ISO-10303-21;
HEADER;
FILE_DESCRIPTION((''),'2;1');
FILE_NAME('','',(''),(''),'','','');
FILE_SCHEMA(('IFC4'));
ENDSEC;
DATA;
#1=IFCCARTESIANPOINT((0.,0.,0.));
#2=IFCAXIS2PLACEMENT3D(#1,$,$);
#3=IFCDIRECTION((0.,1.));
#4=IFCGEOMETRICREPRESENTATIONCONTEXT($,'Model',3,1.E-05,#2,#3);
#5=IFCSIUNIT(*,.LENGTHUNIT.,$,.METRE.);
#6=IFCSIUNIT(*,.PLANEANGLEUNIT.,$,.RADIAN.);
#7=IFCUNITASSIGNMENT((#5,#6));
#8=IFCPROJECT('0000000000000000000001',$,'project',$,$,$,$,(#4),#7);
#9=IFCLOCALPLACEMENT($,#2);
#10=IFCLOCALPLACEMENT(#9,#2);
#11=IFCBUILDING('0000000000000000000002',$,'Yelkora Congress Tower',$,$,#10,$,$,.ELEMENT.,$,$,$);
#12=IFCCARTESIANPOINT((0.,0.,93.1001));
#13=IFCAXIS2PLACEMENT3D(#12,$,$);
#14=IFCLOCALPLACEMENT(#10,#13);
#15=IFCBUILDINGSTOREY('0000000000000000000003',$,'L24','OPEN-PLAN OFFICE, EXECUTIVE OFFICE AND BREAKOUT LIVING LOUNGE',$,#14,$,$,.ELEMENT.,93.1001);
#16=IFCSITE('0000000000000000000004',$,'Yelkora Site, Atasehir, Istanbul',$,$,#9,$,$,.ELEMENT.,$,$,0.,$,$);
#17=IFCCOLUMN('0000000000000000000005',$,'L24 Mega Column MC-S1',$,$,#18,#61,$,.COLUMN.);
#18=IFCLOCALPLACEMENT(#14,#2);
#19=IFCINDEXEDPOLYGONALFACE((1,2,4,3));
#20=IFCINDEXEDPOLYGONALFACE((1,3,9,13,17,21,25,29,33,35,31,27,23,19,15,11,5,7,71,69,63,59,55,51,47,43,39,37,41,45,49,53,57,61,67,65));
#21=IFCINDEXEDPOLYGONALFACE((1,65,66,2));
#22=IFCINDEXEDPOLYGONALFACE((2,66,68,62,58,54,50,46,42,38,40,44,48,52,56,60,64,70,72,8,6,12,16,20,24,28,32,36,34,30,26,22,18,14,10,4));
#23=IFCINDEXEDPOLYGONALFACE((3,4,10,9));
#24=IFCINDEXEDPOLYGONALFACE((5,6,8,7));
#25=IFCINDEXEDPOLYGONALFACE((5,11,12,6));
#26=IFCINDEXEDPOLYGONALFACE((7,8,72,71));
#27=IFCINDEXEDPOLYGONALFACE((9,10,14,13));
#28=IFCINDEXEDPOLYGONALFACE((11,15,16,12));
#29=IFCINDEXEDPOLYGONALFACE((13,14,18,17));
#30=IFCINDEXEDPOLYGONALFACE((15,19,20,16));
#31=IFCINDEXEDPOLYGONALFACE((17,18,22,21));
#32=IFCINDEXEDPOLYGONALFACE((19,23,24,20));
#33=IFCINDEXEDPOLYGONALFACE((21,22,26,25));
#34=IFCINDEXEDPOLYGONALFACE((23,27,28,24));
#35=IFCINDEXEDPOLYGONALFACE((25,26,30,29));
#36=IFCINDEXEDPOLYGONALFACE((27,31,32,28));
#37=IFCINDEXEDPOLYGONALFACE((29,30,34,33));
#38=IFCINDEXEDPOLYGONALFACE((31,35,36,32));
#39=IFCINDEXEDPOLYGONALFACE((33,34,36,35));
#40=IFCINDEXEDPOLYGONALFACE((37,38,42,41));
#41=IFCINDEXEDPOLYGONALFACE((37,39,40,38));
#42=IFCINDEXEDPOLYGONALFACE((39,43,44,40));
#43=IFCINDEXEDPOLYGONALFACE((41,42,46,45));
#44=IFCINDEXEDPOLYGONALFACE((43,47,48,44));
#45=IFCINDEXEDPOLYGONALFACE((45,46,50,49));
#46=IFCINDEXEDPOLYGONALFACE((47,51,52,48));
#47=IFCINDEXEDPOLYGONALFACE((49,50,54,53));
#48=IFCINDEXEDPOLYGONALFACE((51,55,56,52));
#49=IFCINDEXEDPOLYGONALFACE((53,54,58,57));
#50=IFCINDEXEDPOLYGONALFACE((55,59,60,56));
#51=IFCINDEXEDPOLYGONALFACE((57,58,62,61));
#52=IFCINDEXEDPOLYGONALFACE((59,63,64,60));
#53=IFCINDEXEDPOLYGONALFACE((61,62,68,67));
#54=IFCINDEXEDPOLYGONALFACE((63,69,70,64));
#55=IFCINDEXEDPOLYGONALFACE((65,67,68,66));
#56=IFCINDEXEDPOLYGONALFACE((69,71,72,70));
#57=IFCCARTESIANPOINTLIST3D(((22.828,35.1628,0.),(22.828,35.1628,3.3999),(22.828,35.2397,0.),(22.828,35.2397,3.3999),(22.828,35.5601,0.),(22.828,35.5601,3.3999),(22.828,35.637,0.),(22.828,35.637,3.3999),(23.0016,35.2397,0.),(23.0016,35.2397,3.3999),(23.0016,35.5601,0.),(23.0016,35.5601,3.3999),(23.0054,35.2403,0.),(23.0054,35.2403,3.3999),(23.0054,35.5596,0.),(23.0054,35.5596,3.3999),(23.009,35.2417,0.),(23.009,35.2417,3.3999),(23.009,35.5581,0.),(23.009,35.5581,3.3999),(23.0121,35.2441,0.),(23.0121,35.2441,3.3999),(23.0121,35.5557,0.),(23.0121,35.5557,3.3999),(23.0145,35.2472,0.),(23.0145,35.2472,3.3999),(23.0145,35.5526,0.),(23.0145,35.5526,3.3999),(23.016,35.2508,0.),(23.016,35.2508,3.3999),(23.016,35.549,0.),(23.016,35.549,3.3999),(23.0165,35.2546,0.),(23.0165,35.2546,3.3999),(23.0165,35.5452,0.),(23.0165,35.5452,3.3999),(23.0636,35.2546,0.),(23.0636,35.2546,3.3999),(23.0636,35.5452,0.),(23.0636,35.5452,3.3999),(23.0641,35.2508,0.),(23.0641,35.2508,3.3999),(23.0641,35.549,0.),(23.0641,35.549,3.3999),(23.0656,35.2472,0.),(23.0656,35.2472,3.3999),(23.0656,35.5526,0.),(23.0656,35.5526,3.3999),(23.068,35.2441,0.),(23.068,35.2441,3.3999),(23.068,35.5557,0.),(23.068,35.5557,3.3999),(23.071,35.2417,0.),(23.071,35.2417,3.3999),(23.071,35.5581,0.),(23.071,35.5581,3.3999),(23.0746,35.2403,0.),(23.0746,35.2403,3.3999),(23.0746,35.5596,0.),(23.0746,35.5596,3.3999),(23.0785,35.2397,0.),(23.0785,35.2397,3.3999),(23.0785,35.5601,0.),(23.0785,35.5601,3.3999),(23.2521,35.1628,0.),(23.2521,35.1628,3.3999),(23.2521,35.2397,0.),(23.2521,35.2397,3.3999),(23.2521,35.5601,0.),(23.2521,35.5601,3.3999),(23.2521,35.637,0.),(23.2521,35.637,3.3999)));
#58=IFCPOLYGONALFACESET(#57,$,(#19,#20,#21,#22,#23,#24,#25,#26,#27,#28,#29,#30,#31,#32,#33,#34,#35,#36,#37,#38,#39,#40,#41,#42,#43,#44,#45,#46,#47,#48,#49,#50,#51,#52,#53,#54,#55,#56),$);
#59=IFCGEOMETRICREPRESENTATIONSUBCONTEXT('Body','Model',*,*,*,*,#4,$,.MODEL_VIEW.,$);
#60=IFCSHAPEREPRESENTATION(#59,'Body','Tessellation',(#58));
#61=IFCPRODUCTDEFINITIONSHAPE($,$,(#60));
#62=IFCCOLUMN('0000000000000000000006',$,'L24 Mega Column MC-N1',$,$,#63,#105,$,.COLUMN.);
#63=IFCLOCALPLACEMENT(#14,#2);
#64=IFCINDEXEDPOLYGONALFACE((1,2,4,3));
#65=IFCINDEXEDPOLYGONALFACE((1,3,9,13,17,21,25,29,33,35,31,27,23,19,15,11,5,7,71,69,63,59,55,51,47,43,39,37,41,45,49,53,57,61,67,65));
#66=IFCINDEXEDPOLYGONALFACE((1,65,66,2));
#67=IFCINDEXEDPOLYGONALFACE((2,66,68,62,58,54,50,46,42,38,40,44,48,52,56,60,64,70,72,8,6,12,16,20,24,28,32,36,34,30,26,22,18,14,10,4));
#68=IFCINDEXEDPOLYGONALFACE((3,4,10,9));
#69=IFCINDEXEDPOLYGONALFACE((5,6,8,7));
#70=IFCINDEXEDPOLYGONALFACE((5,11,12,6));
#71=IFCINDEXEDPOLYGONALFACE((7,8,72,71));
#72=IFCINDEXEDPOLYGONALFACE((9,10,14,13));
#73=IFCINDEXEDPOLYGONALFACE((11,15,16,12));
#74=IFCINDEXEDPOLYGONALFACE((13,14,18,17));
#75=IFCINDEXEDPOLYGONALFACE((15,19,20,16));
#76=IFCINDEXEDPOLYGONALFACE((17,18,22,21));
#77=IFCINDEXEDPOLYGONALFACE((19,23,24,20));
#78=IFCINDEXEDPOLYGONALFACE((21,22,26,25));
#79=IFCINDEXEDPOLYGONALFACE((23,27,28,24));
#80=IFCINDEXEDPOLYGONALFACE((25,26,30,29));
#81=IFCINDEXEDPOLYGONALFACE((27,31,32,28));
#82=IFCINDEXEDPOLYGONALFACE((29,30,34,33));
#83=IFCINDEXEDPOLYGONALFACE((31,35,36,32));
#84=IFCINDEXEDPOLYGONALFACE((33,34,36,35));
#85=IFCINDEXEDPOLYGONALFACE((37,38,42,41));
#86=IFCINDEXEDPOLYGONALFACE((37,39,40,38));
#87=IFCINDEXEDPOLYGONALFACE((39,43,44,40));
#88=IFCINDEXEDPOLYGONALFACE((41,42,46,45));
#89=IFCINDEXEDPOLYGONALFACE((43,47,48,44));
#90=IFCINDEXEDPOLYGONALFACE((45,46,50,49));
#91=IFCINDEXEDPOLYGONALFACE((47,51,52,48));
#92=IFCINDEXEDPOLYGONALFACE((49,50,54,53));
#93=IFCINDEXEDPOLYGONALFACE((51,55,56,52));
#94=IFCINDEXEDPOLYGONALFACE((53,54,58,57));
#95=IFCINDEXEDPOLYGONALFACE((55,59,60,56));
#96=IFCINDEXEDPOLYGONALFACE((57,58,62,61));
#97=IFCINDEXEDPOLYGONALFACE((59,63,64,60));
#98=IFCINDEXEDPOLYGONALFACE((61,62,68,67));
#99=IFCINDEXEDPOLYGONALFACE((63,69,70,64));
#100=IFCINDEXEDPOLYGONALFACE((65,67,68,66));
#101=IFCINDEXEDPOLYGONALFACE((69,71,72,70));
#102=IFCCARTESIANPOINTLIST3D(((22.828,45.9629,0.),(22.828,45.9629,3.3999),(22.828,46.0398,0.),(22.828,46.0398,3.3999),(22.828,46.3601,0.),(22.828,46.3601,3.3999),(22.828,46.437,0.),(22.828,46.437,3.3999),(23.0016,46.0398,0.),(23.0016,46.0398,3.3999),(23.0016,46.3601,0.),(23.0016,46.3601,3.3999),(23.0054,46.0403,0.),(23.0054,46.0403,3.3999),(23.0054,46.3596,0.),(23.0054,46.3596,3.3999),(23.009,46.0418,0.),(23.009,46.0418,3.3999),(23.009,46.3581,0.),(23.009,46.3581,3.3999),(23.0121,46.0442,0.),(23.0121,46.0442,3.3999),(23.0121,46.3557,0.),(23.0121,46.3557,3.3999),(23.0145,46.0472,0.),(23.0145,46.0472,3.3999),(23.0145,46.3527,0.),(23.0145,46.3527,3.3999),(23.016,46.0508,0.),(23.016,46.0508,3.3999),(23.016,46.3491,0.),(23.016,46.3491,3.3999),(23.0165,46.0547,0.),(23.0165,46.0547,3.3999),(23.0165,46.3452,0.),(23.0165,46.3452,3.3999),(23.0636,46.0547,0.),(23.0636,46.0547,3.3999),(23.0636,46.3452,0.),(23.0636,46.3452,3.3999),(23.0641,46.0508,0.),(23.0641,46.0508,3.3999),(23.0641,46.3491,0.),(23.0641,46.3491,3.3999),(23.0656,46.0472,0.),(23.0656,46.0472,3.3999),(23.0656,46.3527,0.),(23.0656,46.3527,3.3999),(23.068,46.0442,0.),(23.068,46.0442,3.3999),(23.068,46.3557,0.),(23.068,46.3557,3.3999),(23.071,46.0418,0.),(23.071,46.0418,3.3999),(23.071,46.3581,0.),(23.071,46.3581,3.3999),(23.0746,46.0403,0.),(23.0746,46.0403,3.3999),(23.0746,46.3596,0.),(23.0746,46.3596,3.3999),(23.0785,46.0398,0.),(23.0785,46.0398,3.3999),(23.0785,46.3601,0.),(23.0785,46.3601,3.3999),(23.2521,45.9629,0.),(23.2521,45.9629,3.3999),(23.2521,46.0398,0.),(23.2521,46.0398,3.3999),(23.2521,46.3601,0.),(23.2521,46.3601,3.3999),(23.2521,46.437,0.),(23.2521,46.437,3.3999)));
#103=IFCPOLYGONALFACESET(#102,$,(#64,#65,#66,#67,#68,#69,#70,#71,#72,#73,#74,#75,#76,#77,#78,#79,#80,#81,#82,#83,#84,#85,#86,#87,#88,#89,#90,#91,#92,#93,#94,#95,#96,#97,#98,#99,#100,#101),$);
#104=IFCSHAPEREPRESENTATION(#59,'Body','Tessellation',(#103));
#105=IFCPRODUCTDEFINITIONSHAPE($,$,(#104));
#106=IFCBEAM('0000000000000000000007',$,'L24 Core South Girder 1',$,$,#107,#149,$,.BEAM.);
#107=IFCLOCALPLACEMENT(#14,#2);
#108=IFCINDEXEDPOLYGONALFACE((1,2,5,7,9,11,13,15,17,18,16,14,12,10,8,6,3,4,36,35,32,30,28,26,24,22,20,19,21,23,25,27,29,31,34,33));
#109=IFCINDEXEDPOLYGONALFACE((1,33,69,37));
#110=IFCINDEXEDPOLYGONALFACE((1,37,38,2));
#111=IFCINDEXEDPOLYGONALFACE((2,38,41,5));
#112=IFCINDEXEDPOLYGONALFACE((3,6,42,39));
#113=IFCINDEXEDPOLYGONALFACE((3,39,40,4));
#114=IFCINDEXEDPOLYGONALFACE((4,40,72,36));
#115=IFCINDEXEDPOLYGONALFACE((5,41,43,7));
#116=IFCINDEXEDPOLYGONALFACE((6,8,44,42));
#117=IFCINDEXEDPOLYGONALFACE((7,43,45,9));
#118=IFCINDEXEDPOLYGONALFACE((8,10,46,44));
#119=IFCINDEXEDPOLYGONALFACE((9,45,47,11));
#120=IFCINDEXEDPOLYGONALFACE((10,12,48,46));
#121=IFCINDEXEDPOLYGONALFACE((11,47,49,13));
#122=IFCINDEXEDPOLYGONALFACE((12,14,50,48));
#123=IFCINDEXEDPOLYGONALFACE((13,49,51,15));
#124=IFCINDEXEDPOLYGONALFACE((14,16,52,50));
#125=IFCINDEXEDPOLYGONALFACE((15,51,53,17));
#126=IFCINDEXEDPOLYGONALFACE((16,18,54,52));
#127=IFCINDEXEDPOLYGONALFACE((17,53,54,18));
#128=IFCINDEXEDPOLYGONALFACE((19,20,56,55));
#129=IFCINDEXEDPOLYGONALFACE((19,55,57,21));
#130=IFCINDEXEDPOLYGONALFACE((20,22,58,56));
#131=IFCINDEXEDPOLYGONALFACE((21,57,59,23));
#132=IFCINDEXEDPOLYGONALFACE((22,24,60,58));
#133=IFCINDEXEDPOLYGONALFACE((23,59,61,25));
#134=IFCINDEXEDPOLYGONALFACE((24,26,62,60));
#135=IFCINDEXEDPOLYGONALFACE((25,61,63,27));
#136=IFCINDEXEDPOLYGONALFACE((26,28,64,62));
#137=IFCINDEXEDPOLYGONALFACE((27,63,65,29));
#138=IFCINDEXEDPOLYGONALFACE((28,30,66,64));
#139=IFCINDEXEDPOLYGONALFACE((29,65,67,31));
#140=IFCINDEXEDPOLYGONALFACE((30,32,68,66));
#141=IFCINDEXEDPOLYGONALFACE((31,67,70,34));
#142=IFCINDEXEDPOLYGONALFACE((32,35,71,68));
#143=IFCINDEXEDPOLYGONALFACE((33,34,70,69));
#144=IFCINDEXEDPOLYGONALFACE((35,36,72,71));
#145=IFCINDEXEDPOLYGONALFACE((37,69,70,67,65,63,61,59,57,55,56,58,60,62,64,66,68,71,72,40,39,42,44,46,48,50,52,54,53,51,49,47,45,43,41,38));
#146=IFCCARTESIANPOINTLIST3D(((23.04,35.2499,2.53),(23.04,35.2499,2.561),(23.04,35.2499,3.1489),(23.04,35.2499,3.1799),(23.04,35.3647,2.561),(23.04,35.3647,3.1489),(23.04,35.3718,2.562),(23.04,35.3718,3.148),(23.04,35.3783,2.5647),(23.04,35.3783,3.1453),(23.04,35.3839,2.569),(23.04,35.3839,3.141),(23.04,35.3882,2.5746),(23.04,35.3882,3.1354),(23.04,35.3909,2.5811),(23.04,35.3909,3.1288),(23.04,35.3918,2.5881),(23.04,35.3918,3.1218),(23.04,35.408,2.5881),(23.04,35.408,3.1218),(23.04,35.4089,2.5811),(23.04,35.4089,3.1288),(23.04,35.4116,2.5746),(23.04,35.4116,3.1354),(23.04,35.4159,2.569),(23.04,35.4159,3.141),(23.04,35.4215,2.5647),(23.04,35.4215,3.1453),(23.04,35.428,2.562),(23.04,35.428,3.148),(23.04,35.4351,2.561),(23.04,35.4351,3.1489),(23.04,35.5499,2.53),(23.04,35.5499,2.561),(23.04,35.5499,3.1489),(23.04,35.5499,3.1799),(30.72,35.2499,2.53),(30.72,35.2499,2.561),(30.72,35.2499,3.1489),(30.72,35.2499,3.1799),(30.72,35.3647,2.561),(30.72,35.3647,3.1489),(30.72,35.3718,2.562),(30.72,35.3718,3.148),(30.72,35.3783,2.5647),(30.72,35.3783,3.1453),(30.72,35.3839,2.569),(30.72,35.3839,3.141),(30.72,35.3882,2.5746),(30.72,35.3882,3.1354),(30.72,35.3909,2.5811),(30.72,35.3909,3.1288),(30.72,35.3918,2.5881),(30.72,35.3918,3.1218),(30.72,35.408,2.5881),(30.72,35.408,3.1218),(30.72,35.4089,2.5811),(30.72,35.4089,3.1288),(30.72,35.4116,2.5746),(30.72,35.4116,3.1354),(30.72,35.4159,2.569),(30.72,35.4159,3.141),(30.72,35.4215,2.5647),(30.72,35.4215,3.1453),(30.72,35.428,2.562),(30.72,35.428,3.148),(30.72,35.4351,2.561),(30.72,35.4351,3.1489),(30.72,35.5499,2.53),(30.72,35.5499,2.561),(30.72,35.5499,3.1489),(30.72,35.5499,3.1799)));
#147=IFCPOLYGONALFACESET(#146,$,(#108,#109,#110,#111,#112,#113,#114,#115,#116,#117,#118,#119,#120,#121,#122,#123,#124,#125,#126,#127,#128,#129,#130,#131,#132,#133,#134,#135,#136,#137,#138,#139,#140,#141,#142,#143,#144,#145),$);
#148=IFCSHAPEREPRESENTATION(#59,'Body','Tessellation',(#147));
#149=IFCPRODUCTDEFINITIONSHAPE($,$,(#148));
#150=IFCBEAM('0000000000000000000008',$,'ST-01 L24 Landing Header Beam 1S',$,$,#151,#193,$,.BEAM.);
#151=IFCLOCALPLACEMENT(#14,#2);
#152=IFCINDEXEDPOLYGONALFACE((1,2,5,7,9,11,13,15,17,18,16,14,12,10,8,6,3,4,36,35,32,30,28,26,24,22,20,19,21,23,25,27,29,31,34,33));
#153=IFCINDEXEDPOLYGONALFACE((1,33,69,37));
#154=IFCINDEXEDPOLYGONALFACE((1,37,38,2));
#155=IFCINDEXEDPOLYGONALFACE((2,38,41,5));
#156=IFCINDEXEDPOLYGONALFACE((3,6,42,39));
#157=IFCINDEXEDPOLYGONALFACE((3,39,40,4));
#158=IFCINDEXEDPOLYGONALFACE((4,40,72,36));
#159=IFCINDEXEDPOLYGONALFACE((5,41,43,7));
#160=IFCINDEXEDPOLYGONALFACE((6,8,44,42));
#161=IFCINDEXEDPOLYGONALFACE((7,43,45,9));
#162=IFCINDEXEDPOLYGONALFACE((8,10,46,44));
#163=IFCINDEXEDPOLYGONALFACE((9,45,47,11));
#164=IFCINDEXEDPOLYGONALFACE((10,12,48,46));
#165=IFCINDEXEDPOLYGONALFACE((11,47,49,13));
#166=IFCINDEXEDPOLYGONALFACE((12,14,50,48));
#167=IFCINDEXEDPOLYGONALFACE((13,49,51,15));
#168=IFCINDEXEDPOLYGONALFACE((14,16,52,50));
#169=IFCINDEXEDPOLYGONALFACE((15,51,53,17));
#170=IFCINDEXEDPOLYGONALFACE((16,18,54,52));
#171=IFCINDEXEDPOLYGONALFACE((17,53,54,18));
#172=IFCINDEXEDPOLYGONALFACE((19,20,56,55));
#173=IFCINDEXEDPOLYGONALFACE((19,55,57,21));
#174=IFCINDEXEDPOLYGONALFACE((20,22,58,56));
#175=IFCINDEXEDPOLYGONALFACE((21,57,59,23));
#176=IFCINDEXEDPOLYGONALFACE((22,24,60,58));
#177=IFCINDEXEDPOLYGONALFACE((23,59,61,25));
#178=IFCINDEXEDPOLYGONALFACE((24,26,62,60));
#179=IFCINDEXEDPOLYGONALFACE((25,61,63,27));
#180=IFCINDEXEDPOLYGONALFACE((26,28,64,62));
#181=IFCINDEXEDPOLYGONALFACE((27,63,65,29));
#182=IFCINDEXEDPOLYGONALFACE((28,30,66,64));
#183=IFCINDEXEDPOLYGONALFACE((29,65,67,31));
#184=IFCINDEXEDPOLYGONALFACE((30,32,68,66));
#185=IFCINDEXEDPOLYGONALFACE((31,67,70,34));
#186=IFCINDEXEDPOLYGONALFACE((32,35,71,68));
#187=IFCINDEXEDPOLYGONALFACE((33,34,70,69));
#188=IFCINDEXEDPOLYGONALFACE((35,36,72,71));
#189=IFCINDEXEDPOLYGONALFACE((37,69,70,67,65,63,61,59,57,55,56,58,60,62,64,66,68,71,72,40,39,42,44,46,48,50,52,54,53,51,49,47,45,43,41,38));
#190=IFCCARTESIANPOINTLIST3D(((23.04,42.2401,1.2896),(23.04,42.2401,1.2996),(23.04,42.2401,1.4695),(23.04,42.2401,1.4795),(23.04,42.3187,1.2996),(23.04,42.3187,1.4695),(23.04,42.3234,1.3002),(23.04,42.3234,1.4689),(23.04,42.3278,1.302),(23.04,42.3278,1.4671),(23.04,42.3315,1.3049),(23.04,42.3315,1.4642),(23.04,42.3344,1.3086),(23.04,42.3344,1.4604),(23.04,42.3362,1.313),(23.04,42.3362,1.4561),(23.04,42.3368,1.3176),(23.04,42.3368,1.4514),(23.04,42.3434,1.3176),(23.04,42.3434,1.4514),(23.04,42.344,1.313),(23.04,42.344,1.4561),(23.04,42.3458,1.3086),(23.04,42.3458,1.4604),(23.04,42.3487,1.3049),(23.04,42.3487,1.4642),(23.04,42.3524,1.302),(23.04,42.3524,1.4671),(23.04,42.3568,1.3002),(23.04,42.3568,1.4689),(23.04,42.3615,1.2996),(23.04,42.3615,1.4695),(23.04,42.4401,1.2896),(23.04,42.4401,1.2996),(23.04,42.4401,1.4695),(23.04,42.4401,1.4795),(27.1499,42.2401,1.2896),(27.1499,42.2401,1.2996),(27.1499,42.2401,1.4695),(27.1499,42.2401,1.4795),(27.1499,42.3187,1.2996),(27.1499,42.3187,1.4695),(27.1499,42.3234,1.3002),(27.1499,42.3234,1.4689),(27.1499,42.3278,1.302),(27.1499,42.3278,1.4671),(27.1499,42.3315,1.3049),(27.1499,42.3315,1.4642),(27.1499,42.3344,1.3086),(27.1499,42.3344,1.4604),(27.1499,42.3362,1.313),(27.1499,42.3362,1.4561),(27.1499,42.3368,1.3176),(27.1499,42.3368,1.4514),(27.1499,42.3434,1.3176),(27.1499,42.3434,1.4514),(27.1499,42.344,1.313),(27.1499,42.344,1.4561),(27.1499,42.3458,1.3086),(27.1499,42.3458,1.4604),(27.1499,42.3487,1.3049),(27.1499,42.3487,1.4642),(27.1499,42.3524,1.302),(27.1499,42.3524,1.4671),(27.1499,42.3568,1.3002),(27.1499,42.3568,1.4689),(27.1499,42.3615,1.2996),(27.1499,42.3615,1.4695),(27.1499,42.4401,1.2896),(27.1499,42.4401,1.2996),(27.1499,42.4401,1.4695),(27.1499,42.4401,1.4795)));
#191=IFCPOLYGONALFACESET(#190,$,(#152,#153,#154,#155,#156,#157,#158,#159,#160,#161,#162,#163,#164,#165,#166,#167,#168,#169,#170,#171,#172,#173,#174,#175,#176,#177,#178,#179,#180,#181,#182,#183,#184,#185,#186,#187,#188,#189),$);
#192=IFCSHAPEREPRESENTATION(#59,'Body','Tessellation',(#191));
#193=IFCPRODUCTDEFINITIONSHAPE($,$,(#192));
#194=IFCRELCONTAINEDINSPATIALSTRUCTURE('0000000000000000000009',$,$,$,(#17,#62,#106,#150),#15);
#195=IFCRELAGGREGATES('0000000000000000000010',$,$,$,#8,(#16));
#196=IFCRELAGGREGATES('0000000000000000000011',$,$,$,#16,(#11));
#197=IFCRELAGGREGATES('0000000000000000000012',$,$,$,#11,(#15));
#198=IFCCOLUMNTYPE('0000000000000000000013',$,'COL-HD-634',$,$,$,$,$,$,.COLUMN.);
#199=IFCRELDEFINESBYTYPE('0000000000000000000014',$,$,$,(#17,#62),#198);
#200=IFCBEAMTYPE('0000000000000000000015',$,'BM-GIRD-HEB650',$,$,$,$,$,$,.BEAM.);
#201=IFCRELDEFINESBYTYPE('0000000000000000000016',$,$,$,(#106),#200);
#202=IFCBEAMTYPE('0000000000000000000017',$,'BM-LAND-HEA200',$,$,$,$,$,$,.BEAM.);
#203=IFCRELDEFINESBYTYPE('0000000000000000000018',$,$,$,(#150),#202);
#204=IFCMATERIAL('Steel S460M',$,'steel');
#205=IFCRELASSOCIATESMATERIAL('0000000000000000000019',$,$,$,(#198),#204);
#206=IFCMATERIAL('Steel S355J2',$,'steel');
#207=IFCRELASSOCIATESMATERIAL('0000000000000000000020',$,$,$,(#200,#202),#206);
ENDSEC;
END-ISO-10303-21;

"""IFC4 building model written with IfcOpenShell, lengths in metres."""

from ifc_helpers import new_model, si_unit, direction, frame, origin, origin_2d, place, context, subcontext, project, spatial, i_section, extrude, material, material_profile, profile_set, type_object, element, save


model = new_model("IFC4")

# Units and contexts
model_context = context("Model", 3, precision=1e-05, world=origin(), true_north=direction((0.0, 1.0)))
body_context = subcontext(model_context, "Body", "Model", "MODEL_VIEW")
ifc_project = project(units=[si_unit("LENGTHUNIT", "METRE"), si_unit("PLANEANGLEUNIT", "RADIAN")], contexts=[model_context])

# Site, building, storey
site_placement = place(None, origin())
site = spatial("IfcSite", under=ifc_project, at=site_placement, Name="Yelkora Site, Atasehir, Istanbul", CompositionType="ELEMENT", RefElevation=0.0)
building_placement = place(site_placement, origin())
building = spatial("IfcBuilding", under=site, at=building_placement, Name="Yelkora Congress Tower", CompositionType="ELEMENT")
storey_placement = place(building_placement, frame((0.0, 0.0, 93.1001)))
storey = spatial("IfcBuildingStorey", under=building, at=storey_placement, Name="L24", Description="OPEN-PLAN OFFICE, EXECUTIVE OFFICE AND BREAKOUT LIVING LOUNGE", CompositionType="ELEMENT", Elevation=93.1001)

# Columns
ifc_material_1 = material(Name="Steel S460M", Category="steel")
ifc_material_profile_1 = material_profile(ifc_material_1, i_section(OverallWidth=0.4241, OverallDepth=0.4741, WebThickness=0.0471, FlangeThickness=0.0769, FilletRadius=0.0149, at=origin_2d()), Name="HD 400x634")
ifc_profile_set_1 = profile_set([ifc_material_profile_1], Name="Steel S460M")
column_type = type_object("IfcColumnType", Name="COL-HD-634", PredefinedType="COLUMN", material=ifc_profile_set_1)
for number, where, z_axis, x_axis, name in (
    (1, (23.04, 35.3999, 0.0), (0.0, 0.0, 1.0), (1.0, 0.0, 0.0), "L24 Mega Column MC-S1"),
    (2, (23.04, 46.2, 0.0), (0.0, 0.0, 1.0), (1.0, 0.0, 0.0), "L24 Mega Column MC-N1"),
):
    element("IfcColumn", number, at=place(storey_placement, frame(where, z_axis=z_axis, x_axis=x_axis)), inside=storey, type_object=column_type, Name=name, PredefinedType="COLUMN", context=body_context, shape_type="SweptSolid", body=[
        extrude(i_section(OverallWidth=0.4241, OverallDepth=0.4741, WebThickness=0.0471, FlangeThickness=0.0769, FilletRadius=0.0149, at=origin_2d()), origin(), (0.0, 0.0, 1.0), 3.3999),
    ])

# Beams
ifc_material_2 = material(Name="Steel S355J2", Category="steel")
ifc_material_profile_2 = material_profile(ifc_material_2, i_section(OverallWidth=0.3, OverallDepth=0.6499, WebThickness=0.0161, FlangeThickness=0.031, FilletRadius=0.0271, at=origin_2d()), Name="HEB 650")
ifc_profile_set_2 = profile_set([ifc_material_profile_2], Name="Steel S355J2")
beam_type_1 = type_object("IfcBeamType", Name="BM-GIRD-HEB650", PredefinedType="BEAM", material=ifc_profile_set_2)
beam_1_placement = place(storey_placement, frame((23.04, 35.3999, 2.855), z_axis=(1.0, 0.0, 0.0), x_axis=(0.0, 1.0, 0.0)))
element("IfcBeam", 3, at=beam_1_placement, inside=storey, type_object=beam_type_1, Name="L24 Core South Girder 1", PredefinedType="BEAM", context=body_context, shape_type="SweptSolid", body=[
    extrude(i_section(OverallWidth=0.3, OverallDepth=0.6499, WebThickness=0.0161, FlangeThickness=0.031, FilletRadius=0.0271, at=origin_2d()), origin(), (0.0, 0.0, 1.0), 7.6799),
])
ifc_material_profile_3 = material_profile(ifc_material_2, i_section(OverallWidth=0.2, OverallDepth=0.1899, WebThickness=0.0066, FlangeThickness=0.01, FilletRadius=0.0181, at=origin_2d()), Name="HEA 200")
ifc_profile_set_3 = profile_set([ifc_material_profile_3], Name="Steel S355J2")
beam_type_2 = type_object("IfcBeamType", Name="BM-LAND-HEA200", PredefinedType="BEAM", material=ifc_profile_set_3)
for number, where, z_axis, x_axis, name in (
    (4, (23.04, 42.3401, 1.3845), (1.0, 0.0, 0.0), (0.0, 1.0, 0.0), "ST-01 L24 Landing Header Beam 1S"),
):
    element("IfcBeam", number, at=place(storey_placement, frame(where, z_axis=z_axis, x_axis=x_axis)), inside=storey, type_object=beam_type_2, Name=name, PredefinedType="BEAM", context=body_context, shape_type="SweptSolid", body=[
        extrude(i_section(OverallWidth=0.2, OverallDepth=0.1899, WebThickness=0.0066, FlangeThickness=0.01, FilletRadius=0.0181, at=origin_2d()), origin(), (0.0, 0.0, 1.0), 4.1099),
    ])

save(model, "model.ifc")
